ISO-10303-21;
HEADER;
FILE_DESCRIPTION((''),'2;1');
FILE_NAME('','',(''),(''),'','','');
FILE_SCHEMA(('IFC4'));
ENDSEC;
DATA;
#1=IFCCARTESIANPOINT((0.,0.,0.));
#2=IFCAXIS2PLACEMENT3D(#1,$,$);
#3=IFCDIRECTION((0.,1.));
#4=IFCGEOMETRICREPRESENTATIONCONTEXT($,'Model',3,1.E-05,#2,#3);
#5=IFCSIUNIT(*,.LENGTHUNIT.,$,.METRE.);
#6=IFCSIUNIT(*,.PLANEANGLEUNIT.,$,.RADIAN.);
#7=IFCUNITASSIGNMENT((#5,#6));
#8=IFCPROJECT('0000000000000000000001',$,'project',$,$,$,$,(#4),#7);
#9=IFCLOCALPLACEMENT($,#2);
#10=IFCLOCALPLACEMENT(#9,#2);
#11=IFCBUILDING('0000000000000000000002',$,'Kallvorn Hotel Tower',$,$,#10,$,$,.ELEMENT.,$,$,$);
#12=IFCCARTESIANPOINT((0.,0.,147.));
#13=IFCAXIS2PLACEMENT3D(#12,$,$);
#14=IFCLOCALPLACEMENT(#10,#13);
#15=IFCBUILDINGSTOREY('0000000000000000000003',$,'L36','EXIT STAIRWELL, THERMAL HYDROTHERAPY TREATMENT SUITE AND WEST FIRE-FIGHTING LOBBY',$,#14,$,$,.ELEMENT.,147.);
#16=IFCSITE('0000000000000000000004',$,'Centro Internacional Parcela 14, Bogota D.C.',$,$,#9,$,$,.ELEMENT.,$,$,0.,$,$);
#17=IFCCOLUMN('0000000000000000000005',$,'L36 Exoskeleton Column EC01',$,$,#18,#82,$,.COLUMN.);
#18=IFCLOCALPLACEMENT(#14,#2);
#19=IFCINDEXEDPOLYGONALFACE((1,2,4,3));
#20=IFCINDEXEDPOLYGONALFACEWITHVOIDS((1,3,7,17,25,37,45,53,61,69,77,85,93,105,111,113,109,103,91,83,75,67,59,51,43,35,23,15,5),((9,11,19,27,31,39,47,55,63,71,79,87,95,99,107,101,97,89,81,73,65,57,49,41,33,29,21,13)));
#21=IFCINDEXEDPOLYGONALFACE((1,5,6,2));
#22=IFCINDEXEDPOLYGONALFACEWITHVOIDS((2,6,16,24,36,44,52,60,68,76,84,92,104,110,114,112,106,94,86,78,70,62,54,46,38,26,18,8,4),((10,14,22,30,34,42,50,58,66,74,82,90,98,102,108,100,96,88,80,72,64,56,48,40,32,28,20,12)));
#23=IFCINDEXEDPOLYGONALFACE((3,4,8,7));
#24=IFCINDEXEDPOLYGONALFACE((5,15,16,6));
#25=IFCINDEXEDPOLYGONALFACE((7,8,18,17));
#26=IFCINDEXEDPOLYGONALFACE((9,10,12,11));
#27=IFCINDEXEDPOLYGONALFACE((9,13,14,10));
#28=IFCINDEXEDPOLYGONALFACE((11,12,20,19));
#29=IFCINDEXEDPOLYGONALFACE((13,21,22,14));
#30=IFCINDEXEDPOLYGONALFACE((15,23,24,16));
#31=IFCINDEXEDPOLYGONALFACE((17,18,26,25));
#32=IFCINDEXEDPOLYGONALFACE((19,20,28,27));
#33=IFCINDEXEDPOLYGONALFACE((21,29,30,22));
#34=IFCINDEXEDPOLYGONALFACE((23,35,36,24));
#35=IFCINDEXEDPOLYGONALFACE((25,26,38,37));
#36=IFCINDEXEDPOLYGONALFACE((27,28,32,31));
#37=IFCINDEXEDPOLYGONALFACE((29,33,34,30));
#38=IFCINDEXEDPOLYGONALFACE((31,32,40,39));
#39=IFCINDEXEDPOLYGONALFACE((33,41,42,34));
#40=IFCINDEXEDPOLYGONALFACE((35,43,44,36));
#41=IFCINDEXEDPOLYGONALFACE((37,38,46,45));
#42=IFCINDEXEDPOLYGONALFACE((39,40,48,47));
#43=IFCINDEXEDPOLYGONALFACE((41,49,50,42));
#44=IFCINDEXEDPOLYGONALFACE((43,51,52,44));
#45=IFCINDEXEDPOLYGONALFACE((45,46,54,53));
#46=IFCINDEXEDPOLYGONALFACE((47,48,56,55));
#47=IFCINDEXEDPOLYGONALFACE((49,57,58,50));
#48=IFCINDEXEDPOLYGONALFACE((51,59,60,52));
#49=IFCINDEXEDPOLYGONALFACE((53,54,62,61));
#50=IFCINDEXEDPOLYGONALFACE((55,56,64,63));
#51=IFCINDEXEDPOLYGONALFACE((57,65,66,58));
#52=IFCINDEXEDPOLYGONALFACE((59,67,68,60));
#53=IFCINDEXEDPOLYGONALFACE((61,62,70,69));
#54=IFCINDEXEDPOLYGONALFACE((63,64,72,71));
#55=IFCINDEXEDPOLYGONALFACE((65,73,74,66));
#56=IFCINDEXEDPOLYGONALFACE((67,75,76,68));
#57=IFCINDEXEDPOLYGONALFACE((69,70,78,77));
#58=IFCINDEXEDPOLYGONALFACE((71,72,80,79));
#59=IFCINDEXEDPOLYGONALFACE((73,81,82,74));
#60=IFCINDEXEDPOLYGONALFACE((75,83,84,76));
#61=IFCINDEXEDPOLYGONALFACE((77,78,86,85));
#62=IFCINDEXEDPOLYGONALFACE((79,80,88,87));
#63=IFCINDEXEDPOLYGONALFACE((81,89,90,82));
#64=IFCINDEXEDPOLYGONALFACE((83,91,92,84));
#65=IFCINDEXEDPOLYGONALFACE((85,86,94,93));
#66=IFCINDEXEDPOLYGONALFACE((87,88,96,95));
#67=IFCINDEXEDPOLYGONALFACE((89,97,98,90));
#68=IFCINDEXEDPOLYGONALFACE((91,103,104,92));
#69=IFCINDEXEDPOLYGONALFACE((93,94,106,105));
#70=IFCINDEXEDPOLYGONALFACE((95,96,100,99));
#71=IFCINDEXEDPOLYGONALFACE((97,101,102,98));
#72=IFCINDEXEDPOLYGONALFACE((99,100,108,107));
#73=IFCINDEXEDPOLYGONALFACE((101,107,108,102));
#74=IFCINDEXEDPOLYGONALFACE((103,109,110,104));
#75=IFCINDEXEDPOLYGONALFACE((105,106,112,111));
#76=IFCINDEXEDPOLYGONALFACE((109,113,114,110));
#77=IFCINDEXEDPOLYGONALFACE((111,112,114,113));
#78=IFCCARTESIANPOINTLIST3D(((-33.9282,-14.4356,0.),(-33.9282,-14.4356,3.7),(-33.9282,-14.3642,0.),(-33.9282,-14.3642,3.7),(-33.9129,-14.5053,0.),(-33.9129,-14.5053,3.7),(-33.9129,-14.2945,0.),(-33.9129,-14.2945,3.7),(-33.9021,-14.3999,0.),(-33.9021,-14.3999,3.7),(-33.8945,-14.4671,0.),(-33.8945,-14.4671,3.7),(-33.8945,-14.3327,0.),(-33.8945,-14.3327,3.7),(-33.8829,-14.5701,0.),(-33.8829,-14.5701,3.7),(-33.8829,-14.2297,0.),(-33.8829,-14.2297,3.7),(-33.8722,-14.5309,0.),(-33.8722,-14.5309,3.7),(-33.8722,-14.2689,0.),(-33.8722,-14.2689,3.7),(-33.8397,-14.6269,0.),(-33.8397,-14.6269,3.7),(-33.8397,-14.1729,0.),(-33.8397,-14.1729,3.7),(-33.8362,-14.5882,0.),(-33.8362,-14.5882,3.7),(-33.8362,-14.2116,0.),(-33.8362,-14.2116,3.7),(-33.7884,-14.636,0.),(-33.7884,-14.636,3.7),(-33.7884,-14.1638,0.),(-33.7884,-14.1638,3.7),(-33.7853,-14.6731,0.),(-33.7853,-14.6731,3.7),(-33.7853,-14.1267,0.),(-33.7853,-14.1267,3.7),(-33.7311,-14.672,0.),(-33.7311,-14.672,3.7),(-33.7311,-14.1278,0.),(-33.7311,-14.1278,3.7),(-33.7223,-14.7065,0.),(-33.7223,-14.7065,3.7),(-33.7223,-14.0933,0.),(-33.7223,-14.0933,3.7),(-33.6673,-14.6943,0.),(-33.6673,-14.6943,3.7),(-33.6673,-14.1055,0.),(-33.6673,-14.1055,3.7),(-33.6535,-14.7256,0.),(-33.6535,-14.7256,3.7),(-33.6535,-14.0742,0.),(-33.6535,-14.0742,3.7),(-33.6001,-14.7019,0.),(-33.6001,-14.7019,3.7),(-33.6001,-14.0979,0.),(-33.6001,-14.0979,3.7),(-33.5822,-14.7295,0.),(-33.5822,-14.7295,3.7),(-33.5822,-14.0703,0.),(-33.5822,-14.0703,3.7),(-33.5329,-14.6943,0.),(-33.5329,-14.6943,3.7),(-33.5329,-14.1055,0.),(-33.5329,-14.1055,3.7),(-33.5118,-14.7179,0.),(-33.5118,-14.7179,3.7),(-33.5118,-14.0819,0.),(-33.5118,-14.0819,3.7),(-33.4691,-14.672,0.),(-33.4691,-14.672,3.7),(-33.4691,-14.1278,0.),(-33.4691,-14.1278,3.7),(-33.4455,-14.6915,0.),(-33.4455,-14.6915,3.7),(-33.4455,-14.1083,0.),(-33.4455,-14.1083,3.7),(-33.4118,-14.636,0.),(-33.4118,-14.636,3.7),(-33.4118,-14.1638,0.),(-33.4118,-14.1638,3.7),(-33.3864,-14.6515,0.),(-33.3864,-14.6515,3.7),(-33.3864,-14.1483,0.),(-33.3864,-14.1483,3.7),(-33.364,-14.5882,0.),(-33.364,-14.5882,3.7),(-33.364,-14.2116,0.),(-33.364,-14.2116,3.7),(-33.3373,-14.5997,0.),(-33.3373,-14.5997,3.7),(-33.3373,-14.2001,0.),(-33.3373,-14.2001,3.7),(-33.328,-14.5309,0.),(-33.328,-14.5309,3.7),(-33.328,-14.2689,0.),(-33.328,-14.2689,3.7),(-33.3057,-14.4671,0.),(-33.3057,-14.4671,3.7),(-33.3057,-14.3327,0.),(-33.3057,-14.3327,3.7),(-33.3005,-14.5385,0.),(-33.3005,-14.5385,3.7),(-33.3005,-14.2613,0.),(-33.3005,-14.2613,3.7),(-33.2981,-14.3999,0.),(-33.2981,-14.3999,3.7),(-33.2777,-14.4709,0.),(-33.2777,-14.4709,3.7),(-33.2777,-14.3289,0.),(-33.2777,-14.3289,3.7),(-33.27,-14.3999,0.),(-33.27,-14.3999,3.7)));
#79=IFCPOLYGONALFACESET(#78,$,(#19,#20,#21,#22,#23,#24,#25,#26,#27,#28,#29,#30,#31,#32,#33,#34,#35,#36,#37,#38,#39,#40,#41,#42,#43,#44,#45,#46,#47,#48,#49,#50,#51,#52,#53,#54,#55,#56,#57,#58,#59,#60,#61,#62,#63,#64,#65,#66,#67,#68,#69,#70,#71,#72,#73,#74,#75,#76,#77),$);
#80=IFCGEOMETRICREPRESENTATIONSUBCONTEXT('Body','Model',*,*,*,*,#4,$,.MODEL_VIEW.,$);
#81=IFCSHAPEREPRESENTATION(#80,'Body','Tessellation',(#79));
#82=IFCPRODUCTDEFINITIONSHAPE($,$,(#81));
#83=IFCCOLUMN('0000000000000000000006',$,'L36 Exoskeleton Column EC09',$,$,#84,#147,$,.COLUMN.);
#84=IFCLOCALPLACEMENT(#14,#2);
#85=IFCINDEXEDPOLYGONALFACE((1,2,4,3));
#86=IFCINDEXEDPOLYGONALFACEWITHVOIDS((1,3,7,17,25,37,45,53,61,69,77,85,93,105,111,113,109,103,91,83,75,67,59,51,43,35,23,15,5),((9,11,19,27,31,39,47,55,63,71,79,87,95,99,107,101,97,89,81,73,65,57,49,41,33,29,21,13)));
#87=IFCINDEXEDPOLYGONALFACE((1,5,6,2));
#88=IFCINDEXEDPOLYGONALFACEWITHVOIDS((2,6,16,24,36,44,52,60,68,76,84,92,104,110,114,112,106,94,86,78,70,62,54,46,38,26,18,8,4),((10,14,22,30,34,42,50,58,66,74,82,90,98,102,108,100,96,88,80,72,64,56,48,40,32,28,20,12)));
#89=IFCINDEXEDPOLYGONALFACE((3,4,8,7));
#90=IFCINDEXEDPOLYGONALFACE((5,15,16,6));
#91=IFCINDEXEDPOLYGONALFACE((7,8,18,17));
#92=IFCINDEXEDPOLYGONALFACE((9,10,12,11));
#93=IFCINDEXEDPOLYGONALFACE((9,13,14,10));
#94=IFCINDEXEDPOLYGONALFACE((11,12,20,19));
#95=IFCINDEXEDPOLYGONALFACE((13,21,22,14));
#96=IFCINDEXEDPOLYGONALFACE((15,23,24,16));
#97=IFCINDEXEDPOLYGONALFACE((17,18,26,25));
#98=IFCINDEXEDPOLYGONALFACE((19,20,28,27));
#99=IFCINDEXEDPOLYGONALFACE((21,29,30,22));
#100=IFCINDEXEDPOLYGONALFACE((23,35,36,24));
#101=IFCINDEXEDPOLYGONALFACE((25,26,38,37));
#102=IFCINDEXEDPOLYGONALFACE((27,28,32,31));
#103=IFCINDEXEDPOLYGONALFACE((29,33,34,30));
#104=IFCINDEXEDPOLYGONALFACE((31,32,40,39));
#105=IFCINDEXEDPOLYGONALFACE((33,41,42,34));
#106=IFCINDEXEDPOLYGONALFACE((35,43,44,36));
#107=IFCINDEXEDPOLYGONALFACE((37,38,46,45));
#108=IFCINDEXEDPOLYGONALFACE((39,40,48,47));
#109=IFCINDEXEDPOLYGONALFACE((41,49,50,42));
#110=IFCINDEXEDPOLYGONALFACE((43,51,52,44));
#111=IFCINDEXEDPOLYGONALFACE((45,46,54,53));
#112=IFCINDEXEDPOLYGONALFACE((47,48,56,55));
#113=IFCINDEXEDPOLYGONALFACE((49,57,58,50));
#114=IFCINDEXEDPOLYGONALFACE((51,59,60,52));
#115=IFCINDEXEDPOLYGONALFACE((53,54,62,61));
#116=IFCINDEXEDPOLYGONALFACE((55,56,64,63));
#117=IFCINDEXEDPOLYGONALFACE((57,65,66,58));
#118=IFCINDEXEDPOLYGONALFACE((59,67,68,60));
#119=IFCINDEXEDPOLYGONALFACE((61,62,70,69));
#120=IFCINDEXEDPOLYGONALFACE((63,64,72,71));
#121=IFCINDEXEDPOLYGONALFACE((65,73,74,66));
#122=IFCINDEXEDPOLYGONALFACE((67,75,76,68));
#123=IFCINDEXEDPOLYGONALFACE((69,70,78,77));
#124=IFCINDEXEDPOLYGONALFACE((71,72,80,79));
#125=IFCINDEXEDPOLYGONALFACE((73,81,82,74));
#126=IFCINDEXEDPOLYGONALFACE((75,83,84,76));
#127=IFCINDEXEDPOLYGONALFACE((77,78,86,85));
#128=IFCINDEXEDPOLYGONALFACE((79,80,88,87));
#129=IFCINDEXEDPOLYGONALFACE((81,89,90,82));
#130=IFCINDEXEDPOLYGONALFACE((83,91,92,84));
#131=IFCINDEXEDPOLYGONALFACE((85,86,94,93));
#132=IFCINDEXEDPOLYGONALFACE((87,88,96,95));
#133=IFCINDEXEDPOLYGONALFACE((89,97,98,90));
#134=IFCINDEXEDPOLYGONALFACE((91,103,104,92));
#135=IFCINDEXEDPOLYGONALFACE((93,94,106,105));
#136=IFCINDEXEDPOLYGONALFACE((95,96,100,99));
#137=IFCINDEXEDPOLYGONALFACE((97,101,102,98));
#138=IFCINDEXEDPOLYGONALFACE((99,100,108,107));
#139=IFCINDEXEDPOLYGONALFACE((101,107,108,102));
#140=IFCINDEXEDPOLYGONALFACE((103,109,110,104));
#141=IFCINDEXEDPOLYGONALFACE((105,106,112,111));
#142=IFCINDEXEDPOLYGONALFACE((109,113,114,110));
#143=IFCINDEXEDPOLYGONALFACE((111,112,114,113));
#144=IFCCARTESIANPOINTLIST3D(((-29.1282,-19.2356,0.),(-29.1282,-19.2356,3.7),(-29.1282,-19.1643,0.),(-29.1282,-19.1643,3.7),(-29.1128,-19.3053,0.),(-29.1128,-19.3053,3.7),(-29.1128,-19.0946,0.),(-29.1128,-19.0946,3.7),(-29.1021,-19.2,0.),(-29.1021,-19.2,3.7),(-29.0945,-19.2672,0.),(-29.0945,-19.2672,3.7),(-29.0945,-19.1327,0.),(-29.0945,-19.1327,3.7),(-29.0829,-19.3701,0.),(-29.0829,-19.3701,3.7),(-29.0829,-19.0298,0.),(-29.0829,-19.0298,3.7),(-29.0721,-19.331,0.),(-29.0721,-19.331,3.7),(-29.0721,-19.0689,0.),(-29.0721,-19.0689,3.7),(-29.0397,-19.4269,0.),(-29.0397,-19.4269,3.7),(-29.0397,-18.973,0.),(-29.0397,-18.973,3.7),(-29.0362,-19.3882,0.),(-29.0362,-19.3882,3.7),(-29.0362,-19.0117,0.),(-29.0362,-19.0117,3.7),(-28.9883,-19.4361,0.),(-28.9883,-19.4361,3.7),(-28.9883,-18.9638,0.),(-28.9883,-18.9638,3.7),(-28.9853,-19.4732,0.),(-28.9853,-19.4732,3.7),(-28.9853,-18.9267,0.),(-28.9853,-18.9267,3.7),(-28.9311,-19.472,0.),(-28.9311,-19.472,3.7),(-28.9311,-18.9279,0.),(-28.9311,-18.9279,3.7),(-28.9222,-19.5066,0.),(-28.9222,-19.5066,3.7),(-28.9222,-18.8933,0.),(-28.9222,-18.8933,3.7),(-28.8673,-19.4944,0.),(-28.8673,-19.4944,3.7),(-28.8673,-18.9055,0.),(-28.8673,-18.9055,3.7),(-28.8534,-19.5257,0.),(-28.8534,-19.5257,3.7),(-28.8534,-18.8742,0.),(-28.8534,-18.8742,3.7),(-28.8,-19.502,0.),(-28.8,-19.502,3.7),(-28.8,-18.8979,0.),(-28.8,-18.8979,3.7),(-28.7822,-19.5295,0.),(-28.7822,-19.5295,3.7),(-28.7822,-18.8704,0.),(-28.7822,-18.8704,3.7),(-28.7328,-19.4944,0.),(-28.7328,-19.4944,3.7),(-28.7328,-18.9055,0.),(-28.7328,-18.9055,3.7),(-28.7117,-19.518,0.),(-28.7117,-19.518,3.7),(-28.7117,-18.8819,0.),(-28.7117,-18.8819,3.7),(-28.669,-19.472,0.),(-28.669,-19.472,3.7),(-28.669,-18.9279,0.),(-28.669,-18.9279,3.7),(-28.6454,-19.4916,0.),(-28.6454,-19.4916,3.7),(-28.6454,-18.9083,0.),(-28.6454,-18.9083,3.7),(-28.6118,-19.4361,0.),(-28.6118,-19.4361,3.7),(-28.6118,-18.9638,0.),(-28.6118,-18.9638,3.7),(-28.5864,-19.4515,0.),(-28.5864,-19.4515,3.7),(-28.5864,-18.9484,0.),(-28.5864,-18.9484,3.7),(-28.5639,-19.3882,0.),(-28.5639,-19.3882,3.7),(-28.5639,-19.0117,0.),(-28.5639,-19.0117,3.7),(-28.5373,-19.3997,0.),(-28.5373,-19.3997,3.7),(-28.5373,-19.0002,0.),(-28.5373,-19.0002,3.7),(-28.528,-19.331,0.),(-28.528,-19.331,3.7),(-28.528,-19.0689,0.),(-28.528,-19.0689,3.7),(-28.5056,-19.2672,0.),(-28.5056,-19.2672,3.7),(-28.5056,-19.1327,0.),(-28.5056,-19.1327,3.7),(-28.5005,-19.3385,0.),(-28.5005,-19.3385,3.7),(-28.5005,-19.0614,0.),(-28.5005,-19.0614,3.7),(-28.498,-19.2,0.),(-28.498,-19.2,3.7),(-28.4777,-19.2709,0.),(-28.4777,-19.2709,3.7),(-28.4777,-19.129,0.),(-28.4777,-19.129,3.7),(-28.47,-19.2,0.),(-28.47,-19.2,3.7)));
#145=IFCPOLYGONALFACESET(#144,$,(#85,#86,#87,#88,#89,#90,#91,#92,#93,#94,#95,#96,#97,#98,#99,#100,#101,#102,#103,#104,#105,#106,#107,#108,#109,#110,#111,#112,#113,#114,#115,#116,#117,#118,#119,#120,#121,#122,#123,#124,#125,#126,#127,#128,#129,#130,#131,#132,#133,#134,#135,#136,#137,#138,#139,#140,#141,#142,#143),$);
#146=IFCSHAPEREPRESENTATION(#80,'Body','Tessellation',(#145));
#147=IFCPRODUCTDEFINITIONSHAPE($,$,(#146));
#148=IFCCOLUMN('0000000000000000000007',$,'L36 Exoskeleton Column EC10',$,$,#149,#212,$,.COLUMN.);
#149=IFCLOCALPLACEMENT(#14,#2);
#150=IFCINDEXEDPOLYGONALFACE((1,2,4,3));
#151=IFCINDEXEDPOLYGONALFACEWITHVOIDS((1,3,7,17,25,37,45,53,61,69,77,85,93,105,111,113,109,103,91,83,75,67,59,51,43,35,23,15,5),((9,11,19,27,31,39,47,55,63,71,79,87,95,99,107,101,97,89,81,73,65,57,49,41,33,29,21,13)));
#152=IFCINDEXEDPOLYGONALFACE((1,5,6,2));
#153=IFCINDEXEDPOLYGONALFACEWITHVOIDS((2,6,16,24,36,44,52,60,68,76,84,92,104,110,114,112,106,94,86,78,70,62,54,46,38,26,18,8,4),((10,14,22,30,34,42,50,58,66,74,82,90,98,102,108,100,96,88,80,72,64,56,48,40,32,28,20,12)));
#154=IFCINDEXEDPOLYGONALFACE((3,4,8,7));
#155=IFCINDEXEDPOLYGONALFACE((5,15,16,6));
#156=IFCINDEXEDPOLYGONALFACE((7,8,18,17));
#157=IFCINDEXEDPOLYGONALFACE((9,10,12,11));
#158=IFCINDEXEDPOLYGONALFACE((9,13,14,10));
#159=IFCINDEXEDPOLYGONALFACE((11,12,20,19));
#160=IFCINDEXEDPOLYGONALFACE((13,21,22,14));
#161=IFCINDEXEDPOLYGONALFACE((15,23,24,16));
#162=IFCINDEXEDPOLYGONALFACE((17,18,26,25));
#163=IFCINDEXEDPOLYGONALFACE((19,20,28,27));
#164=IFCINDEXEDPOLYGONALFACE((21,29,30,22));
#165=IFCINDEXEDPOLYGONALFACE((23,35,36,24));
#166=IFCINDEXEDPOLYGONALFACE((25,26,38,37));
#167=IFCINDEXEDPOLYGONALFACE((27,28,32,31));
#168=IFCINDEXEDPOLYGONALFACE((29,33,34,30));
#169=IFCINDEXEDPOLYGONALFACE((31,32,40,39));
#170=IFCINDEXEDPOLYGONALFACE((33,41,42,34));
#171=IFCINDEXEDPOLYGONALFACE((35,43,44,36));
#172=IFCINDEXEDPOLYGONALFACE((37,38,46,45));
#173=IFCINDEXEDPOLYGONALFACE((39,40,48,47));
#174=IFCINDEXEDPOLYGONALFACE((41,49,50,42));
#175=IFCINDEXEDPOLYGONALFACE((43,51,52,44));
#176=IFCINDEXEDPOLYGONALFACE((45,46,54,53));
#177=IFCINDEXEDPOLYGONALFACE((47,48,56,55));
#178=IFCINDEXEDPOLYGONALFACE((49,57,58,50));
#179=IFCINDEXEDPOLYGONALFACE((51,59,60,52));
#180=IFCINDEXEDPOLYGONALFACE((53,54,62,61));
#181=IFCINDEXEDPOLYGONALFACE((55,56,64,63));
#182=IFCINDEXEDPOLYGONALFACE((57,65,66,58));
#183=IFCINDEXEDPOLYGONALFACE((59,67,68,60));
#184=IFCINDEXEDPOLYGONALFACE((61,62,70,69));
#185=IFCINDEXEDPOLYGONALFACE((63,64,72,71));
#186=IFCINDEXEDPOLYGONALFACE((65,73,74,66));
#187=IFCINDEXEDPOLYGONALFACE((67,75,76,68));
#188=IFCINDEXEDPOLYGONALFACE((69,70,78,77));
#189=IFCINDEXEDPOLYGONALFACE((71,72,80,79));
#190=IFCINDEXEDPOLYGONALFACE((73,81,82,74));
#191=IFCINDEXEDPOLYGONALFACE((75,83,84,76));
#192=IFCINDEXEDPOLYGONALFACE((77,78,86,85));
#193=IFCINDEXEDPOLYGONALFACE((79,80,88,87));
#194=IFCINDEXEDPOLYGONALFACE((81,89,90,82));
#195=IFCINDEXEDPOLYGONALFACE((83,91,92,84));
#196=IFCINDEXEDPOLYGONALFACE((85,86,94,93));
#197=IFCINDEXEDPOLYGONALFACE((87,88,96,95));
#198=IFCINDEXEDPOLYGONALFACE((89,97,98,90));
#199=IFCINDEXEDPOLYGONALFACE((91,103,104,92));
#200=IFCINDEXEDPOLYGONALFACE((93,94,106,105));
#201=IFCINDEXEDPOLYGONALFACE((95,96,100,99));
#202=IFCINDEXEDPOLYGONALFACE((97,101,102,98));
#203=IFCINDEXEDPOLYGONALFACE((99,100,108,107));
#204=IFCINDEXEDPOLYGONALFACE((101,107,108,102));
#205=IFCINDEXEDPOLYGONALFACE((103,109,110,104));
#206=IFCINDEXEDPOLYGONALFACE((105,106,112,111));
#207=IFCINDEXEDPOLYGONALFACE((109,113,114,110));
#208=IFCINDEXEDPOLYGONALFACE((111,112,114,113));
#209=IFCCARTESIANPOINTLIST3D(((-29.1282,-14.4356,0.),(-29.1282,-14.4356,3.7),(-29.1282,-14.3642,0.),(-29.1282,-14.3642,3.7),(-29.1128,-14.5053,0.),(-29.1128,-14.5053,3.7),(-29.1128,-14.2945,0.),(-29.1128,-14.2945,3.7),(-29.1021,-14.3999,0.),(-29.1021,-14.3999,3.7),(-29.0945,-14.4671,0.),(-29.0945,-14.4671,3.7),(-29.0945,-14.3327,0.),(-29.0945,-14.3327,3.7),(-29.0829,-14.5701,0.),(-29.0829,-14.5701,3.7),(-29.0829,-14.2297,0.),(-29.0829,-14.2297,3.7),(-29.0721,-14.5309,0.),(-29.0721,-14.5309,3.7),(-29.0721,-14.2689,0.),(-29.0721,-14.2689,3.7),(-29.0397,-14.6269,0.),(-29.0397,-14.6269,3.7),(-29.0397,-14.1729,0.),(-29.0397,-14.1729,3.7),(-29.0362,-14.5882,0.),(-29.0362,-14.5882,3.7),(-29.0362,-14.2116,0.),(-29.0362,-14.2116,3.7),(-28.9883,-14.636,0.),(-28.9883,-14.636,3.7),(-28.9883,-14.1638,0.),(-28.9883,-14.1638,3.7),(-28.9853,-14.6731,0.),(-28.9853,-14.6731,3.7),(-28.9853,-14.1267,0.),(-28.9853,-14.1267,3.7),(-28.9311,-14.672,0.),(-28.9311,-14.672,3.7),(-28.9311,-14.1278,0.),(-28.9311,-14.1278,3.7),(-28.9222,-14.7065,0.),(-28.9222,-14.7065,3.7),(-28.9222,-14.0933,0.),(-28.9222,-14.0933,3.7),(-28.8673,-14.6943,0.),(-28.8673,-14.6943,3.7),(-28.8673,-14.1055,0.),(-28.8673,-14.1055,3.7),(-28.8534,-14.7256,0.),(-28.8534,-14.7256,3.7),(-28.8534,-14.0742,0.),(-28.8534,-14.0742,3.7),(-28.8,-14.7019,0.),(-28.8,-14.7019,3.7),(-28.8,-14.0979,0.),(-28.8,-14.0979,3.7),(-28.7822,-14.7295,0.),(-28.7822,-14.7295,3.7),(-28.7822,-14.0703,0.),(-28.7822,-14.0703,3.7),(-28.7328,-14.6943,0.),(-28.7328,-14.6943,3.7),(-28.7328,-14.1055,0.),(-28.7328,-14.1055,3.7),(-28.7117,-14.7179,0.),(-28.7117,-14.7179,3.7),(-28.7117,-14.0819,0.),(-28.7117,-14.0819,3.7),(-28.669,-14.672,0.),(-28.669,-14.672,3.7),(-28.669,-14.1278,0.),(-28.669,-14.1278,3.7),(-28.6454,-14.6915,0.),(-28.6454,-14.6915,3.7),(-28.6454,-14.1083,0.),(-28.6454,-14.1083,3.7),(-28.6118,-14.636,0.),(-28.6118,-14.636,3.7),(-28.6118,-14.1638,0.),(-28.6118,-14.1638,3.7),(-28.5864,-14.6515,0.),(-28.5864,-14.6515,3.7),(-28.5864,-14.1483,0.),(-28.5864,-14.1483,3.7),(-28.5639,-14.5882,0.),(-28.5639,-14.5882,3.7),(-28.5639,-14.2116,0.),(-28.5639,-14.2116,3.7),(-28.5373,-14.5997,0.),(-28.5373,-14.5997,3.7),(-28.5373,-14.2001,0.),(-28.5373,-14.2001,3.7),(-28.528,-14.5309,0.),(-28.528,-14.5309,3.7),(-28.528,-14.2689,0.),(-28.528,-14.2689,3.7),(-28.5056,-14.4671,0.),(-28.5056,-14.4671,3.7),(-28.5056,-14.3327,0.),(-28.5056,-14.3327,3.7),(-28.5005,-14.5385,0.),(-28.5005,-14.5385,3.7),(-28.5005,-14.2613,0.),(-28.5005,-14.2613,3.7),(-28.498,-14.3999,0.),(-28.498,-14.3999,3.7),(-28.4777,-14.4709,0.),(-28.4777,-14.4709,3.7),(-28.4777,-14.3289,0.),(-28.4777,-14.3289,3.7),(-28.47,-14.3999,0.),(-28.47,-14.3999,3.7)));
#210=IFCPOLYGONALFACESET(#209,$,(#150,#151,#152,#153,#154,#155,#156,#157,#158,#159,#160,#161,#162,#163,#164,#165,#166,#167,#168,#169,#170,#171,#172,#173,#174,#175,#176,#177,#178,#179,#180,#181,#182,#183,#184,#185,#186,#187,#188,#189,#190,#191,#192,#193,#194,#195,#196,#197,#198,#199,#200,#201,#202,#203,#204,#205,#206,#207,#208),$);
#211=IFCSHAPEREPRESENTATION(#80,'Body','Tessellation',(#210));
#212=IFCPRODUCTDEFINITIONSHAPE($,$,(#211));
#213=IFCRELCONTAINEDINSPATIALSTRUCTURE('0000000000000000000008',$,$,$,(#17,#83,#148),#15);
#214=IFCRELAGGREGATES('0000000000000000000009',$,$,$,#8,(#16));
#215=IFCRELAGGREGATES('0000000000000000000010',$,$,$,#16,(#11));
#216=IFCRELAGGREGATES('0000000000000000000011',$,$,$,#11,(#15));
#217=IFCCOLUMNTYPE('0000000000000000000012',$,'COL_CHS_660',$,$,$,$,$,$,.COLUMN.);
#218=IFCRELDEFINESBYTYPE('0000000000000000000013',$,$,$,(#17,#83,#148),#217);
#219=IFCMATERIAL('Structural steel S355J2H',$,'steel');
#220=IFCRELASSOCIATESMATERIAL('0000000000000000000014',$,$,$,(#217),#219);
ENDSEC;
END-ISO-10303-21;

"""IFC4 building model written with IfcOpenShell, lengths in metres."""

from ifc_helpers import new_model, si_unit, direction, frame, origin, origin_2d, place, context, subcontext, project, spatial, hollow_circle, extrude, material, material_profile, profile_set, type_object, element, save


model = new_model("IFC4")

# Units and contexts
model_context = context("Model", 3, precision=1e-05, world=origin(), true_north=direction((0.0, 1.0)))
body_context = subcontext(model_context, "Body", "Model", "MODEL_VIEW")
ifc_project = project(units=[si_unit("LENGTHUNIT", "METRE"), si_unit("PLANEANGLEUNIT", "RADIAN")], contexts=[model_context])

# Site, building, storey
site_placement = place(None, origin())
site = spatial("IfcSite", under=ifc_project, at=site_placement, Name="Centro Internacional Parcela 14, Bogota D.C.", CompositionType="ELEMENT", RefElevation=0.0)
building_placement = place(site_placement, origin())
building = spatial("IfcBuilding", under=site, at=building_placement, Name="Kallvorn Hotel Tower", CompositionType="ELEMENT")
storey_placement = place(building_placement, frame((0.0, 0.0, 147.0)))
storey = spatial("IfcBuildingStorey", under=building, at=storey_placement, Name="L36", Description="EXIT STAIRWELL, THERMAL HYDROTHERAPY TREATMENT SUITE AND WEST FIRE-FIGHTING LOBBY", CompositionType="ELEMENT", Elevation=147.0)

# Columns
ifc_material_1 = material(Name="Structural steel S355J2H", Category="steel")
ifc_material_profile_1 = material_profile(ifc_material_1, hollow_circle(Radius=0.3301, WallThickness=0.0281, at=origin_2d()), Name="CHS 660x28")
ifc_profile_set_1 = profile_set([ifc_material_profile_1], Name="Structural steel S355J2H")
column_type_1 = type_object("IfcColumnType", Name="COL_CHS_660", PredefinedType="COLUMN", material=ifc_profile_set_1)
for number, where, z_axis, x_axis, name in (
    (1, (-33.6001, -14.3999, 0.0), (0.0, 0.0, 1.0), (1.0, 0.0, 0.0), "L36 Exoskeleton Column EC01"),
    (2, (-28.8, -19.2, 0.0), (0.0, 0.0, 1.0), (1.0, 0.0, 0.0), "L36 Exoskeleton Column EC09"),
    (3, (-28.8, -14.3999, 0.0), (0.0, 0.0, 1.0), (1.0, 0.0, 0.0), "L36 Exoskeleton Column EC10"),
):
    element("IfcColumn", number, at=place(storey_placement, frame(where, z_axis=z_axis, x_axis=x_axis)), inside=storey, type_object=column_type_1, Name=name, PredefinedType="COLUMN", context=body_context, shape_type="SweptSolid", body=[
        extrude(hollow_circle(Radius=0.3301, WallThickness=0.0281, at=origin_2d()), origin(), (0.0, 0.0, 1.0), 3.7),
    ])

save(model, "model.ifc")
